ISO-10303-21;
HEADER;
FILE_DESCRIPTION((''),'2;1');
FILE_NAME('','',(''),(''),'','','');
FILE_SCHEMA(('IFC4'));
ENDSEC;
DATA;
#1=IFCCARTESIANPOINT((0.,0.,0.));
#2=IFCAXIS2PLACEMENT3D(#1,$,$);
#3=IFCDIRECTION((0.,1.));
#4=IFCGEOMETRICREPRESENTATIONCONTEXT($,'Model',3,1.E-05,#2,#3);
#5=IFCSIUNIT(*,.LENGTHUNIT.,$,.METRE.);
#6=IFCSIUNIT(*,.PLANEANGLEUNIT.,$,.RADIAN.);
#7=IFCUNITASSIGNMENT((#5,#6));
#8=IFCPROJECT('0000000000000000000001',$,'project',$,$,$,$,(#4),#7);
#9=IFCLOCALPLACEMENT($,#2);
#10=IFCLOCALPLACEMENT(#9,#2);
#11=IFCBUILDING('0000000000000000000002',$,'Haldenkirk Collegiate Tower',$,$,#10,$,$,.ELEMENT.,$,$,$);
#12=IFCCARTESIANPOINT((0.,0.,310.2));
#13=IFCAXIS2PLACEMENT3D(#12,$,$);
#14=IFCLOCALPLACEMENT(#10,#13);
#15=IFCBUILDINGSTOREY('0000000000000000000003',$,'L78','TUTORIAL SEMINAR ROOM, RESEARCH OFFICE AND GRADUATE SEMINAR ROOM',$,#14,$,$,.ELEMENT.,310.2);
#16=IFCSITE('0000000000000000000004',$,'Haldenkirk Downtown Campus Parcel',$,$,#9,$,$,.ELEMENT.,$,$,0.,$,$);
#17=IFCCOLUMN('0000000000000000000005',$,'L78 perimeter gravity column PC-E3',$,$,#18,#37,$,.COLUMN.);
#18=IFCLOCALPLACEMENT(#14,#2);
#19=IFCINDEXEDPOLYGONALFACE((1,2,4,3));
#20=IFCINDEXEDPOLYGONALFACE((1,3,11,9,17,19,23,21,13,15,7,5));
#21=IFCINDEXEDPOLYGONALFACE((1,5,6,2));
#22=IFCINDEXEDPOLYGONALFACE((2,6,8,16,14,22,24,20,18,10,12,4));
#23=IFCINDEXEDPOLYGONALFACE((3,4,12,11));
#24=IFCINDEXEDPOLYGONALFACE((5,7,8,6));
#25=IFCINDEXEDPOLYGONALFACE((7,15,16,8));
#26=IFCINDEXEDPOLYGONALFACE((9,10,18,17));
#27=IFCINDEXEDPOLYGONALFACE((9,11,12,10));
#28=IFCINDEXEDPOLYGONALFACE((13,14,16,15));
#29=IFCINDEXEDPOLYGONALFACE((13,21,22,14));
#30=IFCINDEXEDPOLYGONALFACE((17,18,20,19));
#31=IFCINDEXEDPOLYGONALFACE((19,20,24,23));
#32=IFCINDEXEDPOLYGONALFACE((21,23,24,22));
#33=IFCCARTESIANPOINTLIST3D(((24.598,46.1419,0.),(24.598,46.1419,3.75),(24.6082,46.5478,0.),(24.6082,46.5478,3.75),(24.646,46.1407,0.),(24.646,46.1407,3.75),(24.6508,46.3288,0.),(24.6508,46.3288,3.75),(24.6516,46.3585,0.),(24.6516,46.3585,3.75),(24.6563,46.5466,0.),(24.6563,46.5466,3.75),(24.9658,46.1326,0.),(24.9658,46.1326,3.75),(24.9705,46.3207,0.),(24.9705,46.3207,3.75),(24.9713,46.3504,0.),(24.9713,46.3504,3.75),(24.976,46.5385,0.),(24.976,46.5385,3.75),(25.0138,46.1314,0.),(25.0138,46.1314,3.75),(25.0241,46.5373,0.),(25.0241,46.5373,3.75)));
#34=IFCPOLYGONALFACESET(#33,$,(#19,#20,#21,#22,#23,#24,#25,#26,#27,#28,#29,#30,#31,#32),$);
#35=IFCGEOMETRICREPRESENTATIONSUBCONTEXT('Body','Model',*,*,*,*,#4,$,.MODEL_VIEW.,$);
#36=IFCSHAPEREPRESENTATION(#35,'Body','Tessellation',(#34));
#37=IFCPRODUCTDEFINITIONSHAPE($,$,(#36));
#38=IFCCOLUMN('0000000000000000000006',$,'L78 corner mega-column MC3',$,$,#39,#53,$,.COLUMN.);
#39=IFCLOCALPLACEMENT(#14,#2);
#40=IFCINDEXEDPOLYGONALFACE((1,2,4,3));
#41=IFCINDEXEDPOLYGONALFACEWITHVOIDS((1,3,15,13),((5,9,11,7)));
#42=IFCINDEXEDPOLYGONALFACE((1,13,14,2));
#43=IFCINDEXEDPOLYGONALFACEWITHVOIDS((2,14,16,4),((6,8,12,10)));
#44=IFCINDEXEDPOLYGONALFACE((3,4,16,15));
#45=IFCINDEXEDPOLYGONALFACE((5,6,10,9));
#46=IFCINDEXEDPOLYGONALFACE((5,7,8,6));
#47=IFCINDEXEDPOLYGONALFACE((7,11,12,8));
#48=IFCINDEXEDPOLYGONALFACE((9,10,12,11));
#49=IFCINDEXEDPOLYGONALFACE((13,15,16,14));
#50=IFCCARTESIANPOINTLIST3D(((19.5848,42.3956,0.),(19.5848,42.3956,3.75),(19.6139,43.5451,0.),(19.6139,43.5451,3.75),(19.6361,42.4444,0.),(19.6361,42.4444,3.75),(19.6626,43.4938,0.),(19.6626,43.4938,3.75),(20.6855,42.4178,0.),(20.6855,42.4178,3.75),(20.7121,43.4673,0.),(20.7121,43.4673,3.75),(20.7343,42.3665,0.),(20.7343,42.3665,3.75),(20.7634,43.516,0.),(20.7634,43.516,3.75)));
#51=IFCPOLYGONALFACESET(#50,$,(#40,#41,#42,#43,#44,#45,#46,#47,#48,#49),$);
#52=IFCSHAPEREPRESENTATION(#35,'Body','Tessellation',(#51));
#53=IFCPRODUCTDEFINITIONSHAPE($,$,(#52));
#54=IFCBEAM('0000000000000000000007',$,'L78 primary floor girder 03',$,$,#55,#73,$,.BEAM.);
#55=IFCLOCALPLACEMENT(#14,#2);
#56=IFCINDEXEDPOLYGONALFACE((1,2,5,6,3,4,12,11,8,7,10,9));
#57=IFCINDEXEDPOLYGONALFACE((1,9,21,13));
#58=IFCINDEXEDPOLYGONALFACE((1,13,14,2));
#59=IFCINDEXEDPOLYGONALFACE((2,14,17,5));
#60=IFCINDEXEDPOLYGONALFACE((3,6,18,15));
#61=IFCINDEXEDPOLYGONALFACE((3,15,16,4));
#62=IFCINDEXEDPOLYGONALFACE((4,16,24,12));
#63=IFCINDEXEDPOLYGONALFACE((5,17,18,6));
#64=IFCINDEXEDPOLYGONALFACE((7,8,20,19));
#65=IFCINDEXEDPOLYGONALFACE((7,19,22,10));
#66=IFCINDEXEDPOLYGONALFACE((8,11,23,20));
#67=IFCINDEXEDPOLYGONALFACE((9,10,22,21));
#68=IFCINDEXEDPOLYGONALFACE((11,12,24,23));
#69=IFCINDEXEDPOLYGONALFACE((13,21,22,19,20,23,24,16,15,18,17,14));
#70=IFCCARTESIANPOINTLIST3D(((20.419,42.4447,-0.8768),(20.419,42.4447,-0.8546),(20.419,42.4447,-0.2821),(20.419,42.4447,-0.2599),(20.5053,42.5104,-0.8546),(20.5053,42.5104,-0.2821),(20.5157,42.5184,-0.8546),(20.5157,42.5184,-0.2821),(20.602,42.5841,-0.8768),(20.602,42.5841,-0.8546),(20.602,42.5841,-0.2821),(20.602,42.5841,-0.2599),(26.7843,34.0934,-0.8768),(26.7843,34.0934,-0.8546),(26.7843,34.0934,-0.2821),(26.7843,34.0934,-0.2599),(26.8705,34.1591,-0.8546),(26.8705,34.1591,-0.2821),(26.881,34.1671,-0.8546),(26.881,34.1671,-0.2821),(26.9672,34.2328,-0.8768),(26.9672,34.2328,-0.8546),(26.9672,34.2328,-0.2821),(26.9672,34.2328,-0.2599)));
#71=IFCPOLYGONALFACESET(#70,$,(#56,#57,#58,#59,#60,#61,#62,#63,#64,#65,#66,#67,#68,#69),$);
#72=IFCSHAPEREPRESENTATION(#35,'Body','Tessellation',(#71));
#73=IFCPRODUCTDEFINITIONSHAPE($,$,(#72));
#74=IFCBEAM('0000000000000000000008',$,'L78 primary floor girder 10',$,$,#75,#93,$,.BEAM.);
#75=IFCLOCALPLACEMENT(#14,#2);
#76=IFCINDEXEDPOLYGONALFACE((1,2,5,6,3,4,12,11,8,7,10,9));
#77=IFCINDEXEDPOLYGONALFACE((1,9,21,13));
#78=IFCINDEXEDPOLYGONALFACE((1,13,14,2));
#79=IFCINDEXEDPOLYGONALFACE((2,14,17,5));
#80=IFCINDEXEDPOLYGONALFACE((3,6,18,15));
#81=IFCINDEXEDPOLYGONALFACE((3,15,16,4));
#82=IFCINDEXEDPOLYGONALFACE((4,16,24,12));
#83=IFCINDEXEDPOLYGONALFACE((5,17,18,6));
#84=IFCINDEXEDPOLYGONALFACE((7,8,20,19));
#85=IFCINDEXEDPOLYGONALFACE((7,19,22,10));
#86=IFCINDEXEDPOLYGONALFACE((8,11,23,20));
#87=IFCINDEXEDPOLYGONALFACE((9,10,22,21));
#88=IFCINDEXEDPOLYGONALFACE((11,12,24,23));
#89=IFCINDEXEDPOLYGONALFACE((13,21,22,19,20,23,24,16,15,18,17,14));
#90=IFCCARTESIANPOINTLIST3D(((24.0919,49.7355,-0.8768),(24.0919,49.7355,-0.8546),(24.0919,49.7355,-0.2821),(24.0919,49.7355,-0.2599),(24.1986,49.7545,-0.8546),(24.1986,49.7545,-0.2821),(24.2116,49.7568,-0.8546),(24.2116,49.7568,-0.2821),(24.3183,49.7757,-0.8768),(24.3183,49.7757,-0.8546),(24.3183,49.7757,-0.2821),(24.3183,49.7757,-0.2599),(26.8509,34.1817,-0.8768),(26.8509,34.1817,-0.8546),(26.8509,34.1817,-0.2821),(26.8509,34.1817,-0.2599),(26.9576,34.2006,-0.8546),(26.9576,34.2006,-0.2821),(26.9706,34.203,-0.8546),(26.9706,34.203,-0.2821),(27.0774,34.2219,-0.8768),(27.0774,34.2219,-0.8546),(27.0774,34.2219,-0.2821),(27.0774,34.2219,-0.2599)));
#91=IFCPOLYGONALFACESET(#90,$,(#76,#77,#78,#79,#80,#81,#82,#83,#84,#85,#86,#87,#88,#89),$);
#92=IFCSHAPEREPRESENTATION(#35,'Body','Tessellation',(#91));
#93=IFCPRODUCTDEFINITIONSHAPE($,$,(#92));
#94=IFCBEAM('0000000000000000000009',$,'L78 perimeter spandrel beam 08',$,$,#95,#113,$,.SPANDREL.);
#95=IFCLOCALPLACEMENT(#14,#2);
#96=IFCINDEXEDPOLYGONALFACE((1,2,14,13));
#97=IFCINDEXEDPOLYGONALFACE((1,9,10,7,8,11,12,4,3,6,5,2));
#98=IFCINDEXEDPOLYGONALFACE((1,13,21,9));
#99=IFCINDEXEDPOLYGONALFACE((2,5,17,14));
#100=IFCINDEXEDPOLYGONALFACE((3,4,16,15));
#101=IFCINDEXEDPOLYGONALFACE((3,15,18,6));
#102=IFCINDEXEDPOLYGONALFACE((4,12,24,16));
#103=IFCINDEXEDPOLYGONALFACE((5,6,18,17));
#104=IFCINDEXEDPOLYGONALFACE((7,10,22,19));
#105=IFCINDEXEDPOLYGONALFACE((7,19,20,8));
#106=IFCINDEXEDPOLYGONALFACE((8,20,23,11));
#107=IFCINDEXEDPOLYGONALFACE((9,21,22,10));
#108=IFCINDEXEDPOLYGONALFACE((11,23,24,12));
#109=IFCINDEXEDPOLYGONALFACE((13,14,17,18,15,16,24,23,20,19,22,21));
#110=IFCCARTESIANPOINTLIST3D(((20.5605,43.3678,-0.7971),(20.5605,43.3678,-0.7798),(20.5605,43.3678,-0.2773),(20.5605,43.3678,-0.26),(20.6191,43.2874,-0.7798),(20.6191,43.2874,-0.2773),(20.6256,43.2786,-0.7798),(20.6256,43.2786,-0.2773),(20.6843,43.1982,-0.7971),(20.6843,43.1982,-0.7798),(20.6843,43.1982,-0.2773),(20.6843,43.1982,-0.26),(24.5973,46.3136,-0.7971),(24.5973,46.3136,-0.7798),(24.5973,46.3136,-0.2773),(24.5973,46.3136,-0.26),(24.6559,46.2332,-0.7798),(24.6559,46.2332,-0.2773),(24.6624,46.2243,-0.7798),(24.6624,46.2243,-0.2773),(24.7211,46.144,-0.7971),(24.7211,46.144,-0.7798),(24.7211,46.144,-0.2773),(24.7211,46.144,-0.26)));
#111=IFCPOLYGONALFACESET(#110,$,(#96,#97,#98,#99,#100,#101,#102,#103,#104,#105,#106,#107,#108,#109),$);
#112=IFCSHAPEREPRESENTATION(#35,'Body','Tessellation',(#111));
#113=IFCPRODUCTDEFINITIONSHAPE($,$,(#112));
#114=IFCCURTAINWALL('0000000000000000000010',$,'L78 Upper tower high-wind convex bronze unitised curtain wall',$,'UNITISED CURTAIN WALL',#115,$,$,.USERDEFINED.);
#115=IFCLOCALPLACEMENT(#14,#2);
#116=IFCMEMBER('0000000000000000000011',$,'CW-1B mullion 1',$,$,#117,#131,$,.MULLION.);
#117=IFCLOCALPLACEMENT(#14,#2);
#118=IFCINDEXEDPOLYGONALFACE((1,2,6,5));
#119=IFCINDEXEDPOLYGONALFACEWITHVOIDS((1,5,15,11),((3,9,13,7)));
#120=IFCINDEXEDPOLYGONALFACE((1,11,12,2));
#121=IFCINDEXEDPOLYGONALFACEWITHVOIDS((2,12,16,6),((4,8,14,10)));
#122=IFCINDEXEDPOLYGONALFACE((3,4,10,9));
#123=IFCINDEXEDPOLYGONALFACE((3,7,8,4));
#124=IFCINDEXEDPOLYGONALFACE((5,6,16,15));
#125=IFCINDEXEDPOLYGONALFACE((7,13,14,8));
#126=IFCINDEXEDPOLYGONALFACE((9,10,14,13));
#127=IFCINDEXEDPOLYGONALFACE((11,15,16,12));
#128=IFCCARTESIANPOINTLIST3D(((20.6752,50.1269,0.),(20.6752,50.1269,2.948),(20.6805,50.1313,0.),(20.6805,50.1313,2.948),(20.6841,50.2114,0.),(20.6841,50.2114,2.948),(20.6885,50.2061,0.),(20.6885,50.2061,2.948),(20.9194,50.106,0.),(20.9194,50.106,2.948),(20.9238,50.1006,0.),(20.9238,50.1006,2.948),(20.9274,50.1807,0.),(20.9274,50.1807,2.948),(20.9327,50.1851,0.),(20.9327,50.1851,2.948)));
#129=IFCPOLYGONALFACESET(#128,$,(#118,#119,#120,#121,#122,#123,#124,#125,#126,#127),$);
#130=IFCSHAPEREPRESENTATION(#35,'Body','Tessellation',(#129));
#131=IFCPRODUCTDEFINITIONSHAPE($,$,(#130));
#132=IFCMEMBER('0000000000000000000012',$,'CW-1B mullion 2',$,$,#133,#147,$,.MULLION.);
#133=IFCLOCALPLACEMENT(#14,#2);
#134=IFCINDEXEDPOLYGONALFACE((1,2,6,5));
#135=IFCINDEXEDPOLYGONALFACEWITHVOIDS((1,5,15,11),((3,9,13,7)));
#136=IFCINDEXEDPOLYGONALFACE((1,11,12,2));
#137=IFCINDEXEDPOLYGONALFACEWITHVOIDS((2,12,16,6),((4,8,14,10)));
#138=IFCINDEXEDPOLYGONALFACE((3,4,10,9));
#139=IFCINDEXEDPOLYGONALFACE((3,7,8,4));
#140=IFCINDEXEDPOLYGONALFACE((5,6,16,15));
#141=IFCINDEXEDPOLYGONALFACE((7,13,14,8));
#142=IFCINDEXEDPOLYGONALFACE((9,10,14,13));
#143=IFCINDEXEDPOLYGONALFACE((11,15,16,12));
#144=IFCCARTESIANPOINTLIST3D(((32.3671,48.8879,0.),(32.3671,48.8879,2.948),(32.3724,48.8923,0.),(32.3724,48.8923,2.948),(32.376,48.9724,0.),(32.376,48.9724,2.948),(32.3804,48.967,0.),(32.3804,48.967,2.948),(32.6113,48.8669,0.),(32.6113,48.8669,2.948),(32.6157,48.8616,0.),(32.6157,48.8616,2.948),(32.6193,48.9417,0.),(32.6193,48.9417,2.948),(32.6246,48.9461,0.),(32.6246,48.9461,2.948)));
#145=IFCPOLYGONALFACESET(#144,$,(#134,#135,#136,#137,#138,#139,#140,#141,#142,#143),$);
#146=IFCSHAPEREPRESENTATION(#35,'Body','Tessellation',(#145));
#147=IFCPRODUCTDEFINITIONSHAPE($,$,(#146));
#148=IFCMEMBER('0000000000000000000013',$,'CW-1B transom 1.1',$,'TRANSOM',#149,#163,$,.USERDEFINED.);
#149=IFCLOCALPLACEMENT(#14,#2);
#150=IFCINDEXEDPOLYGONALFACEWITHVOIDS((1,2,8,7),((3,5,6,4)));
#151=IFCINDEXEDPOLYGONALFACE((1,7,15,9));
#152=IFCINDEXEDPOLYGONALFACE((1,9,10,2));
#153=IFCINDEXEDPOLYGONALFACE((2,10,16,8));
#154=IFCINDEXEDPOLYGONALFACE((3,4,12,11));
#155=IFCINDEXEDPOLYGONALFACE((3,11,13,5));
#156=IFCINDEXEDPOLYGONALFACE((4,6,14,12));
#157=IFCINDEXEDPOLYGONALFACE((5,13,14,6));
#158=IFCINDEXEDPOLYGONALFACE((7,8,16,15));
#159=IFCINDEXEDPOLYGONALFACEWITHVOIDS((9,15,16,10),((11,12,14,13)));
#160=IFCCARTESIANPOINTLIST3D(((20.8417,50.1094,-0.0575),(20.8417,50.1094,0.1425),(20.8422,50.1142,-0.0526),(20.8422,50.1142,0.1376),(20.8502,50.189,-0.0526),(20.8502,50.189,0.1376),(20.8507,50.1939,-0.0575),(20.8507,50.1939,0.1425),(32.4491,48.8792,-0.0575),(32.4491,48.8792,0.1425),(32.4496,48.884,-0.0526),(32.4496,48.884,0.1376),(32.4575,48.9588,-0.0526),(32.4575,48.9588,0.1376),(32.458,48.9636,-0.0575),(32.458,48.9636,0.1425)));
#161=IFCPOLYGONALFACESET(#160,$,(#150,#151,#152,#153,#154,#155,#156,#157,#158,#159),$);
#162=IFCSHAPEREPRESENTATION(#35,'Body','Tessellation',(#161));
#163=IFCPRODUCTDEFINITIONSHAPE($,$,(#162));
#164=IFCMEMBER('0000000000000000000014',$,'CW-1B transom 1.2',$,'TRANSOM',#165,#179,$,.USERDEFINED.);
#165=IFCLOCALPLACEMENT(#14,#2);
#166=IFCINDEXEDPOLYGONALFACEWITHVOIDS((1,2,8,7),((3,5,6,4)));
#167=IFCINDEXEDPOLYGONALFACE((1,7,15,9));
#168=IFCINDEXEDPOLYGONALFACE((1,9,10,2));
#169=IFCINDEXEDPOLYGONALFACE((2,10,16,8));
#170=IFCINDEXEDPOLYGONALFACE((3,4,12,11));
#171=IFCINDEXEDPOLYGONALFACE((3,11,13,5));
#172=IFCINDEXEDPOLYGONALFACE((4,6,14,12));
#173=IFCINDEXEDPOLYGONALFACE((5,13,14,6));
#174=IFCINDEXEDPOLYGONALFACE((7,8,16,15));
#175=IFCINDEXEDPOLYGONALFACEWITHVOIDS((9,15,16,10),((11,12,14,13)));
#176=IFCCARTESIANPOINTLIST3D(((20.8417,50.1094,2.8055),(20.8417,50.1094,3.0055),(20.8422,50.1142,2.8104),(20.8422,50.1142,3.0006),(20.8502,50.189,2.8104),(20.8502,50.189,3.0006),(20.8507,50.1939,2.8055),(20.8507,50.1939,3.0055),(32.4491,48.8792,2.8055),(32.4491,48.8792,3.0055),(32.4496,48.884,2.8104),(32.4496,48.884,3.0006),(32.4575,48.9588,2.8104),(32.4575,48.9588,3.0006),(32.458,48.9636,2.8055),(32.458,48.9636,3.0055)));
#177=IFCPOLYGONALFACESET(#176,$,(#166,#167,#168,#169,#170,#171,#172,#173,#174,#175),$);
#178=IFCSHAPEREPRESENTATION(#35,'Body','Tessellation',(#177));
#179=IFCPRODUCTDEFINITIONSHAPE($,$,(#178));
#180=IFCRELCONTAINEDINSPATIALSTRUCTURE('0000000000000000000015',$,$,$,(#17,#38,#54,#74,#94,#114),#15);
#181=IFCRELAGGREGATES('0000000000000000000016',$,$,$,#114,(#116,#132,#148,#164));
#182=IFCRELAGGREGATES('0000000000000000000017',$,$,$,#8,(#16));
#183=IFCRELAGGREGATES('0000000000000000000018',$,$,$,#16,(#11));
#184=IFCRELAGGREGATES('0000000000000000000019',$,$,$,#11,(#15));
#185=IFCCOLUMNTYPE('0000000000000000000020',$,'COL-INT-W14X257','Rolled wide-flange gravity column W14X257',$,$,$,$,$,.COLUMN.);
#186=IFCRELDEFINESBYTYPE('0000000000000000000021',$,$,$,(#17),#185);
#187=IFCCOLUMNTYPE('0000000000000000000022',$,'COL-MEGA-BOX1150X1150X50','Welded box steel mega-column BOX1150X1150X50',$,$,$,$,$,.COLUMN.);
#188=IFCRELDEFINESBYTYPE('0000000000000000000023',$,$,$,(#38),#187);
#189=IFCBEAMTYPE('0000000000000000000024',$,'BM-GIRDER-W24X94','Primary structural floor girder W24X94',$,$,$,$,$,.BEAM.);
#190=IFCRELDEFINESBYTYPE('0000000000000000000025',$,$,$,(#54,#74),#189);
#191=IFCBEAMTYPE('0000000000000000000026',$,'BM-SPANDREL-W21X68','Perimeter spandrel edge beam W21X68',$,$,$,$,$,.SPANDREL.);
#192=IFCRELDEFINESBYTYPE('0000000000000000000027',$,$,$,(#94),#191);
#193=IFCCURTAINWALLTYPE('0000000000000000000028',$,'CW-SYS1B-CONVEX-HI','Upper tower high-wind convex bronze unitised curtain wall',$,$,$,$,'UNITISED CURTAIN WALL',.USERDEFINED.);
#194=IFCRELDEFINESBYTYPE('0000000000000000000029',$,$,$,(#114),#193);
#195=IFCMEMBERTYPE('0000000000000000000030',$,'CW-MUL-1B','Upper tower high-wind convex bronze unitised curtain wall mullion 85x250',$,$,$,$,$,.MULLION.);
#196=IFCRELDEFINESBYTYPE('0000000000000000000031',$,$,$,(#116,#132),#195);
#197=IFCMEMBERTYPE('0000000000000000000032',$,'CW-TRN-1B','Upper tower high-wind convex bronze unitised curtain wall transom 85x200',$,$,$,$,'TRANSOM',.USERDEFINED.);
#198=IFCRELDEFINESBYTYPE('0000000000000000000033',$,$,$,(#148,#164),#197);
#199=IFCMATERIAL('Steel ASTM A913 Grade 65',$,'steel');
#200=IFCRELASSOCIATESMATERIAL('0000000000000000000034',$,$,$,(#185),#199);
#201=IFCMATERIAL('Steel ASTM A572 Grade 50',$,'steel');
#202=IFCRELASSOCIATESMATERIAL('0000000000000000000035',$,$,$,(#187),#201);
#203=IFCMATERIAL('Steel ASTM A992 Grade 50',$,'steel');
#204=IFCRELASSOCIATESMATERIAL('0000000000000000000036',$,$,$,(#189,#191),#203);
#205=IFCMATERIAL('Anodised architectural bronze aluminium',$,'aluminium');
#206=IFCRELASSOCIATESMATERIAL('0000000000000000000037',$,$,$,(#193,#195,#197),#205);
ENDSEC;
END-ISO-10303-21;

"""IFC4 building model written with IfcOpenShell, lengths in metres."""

from ifc_helpers import new_model, si_unit, direction, frame, origin, origin_2d, place, context, subcontext, project, spatial, hollow_rectangle, i_section, extrude, material, material_profile, profile_set, type_object, element, aggregate, save


model = new_model("IFC4")

# Units and contexts
model_context = context("Model", 3, precision=1e-05, world=origin(), true_north=direction((0.0, 1.0)))
body_context = subcontext(model_context, "Body", "Model", "MODEL_VIEW")
ifc_project = project(units=[si_unit("LENGTHUNIT", "METRE"), si_unit("PLANEANGLEUNIT", "RADIAN")], contexts=[model_context])

# Site, building, storey
site_placement = place(None, origin())
site = spatial("IfcSite", under=ifc_project, at=site_placement, Name="Haldenkirk Downtown Campus Parcel", CompositionType="ELEMENT", RefElevation=0.0)
building_placement = place(site_placement, origin())
building = spatial("IfcBuilding", under=site, at=building_placement, Name="Haldenkirk Collegiate Tower", CompositionType="ELEMENT")
storey_placement = place(building_placement, frame((0.0, 0.0, 310.2)))
storey = spatial("IfcBuildingStorey", under=building, at=storey_placement, Name="L78", Description="TUTORIAL SEMINAR ROOM, RESEARCH OFFICE AND GRADUATE SEMINAR ROOM", CompositionType="ELEMENT", Elevation=310.2)

# Columns
ifc_material_1 = material(Name="Steel ASTM A913 Grade 65", Category="steel")
ifc_material_profile_1 = material_profile(ifc_material_1, i_section(OverallWidth=0.406, OverallDepth=0.416, WebThickness=0.0298, FlangeThickness=0.0481, at=origin_2d()), Name="W14X257")
ifc_profile_set_1 = profile_set([ifc_material_profile_1], Name="Steel ASTM A913 Grade 65")
column_type_1 = type_object("IfcColumnType", Name="COL-INT-W14X257", Description="Rolled wide-flange gravity column W14X257", PredefinedType="COLUMN", material=ifc_profile_set_1)
column_1_placement = place(storey_placement, frame((24.811, 46.3396, 0.0), z_axis=(0.0, 0.0, 1.0), x_axis=(0.025305, 0.99968, 0.0)))
element("IfcColumn", 1, at=column_1_placement, inside=storey, type_object=column_type_1, Name="L78 perimeter gravity column PC-E3", PredefinedType="COLUMN", context=body_context, shape_type="SweptSolid", body=[
    extrude(i_section(OverallWidth=0.406, OverallDepth=0.416, WebThickness=0.0298, FlangeThickness=0.0481, at=origin_2d()), origin(), (0.0, 0.0, 1.0), 3.75),
])
ifc_material_2 = material(Name="Steel ASTM A572 Grade 50", Category="steel")
ifc_material_profile_2 = material_profile(ifc_material_2, hollow_rectangle(XDim=1.1499, YDim=1.1499, WallThickness=0.05, at=origin_2d()), Name="BOX1150X1150X50")
ifc_profile_set_2 = profile_set([ifc_material_profile_2], Name="Steel ASTM A572 Grade 50")
column_type_2 = type_object("IfcColumnType", Name="COL-MEGA-BOX1150X1150X50", Description="Welded box steel mega-column BOX1150X1150X50", PredefinedType="COLUMN", material=ifc_profile_set_2)
column_2_placement = place(storey_placement, frame((20.1741, 42.9558, 0.0), z_axis=(0.0, 0.0, 1.0), x_axis=(0.025305, 0.99968, 0.0)))
element("IfcColumn", 2, at=column_2_placement, inside=storey, type_object=column_type_2, Name="L78 corner mega-column MC3", PredefinedType="COLUMN", context=body_context, shape_type="SweptSolid", body=[
    extrude(hollow_rectangle(XDim=1.1499, YDim=1.1499, WallThickness=0.05, at=origin_2d()), origin(), (0.0, 0.0, 1.0), 3.75),
])

# Beams
ifc_material_3 = material(Name="Steel ASTM A992 Grade 50", Category="steel")
ifc_material_profile_3 = material_profile(ifc_material_3, i_section(OverallWidth=0.23, OverallDepth=0.6169, WebThickness=0.0132, FlangeThickness=0.0222, at=origin_2d()), Name="W24X94")
ifc_profile_set_3 = profile_set([ifc_material_profile_3], Name="Steel ASTM A992 Grade 50")
beam_type_1 = type_object("IfcBeamType", Name="BM-GIRDER-W24X94", Description="Primary structural floor girder W24X94", PredefinedType="BEAM", material=ifc_profile_set_3)
beam_1_placement = place(storey_placement, frame((20.5105, 42.5144, -0.5684), z_axis=(0.606183, -0.795325, 0.0), x_axis=(0.795325, 0.606183, 0.0)))
element("IfcBeam", 3, at=beam_1_placement, inside=storey, type_object=beam_type_1, Name="L78 primary floor girder 03", PredefinedType="BEAM", context=body_context, shape_type="SweptSolid", body=[
    extrude(i_section(OverallWidth=0.23, OverallDepth=0.6169, WebThickness=0.0132, FlangeThickness=0.0222, at=origin_2d()), origin(), (0.0, 0.0, 1.0), 10.5005),
])
beam_2_placement = place(storey_placement, frame((24.2051, 49.7556, -0.5684), z_axis=(0.174661, -0.984629, 0.0), x_axis=(0.984629, 0.174661, 0.0)))
element("IfcBeam", 4, at=beam_2_placement, inside=storey, type_object=beam_type_1, Name="L78 primary floor girder 10", PredefinedType="BEAM", context=body_context, shape_type="SweptSolid", body=[
    extrude(i_section(OverallWidth=0.23, OverallDepth=0.6169, WebThickness=0.0132, FlangeThickness=0.0222, at=origin_2d()), origin(), (0.0, 0.0, 1.0), 15.7966),
])
ifc_material_profile_4 = material_profile(ifc_material_3, i_section(OverallWidth=0.21, OverallDepth=0.5371, WebThickness=0.011, FlangeThickness=0.0173, at=origin_2d()), Name="W21X68")
ifc_profile_set_4 = profile_set([ifc_material_profile_4], Name="Steel ASTM A992 Grade 50")
beam_type_2 = type_object("IfcBeamType", Name="BM-SPANDREL-W21X68", Description="Perimeter spandrel edge beam W21X68", PredefinedType="SPANDREL", material=ifc_profile_set_4)
beam_3_placement = place(storey_placement, frame((24.6592, 46.2288, -0.5286), z_axis=(-0.807793, -0.589466, 0.0), x_axis=(0.589466, -0.807793, 0.0)))
element("IfcBeam", 5, at=beam_3_placement, inside=storey, type_object=beam_type_2, Name="L78 perimeter spandrel beam 08", PredefinedType="SPANDREL", context=body_context, shape_type="SweptSolid", body=[
    extrude(i_section(OverallWidth=0.21, OverallDepth=0.5371, WebThickness=0.011, FlangeThickness=0.0173, at=origin_2d()), origin(), (0.0, 0.0, 1.0), 4.9973),
])

# Curtain wall, members
ifc_material_4 = material(Name="Anodised architectural bronze aluminium", Category="aluminium")
curtain_wall_type = type_object("IfcCurtainWallType", Name="CW-SYS1B-CONVEX-HI", Description="Upper tower high-wind convex bronze unitised curtain wall", ElementType="UNITISED CURTAIN WALL", PredefinedType="USERDEFINED", material=ifc_material_4)
curtain_wall_placement = place(storey_placement, origin())
curtain_wall = element("IfcCurtainWall", 6, at=curtain_wall_placement, inside=storey, type_object=curtain_wall_type, Name="L78 Upper tower high-wind convex bronze unitised curtain wall", ObjectType="UNITISED CURTAIN WALL", PredefinedType="USERDEFINED")
ifc_material_profile_5 = material_profile(ifc_material_4, hollow_rectangle(XDim=0.085, YDim=0.25, WallThickness=0.0049, at=origin_2d()), Name="CW-MUL-1B")
ifc_profile_set_5 = profile_set([ifc_material_profile_5], Name="Anodised architectural bronze aluminium")
member_type_1 = type_object("IfcMemberType", Name="CW-MUL-1B", Description="Upper tower high-wind convex bronze unitised curtain wall mullion 85x250", PredefinedType="MULLION", material=ifc_profile_set_5)
member_1_placement = place(storey_placement, frame((20.804, 50.156, 0.0), z_axis=(0.0, 0.0, 1.0), x_axis=(0.105393, 0.994431, 0.0)))
member_1 = element("IfcMember", 7, at=member_1_placement, type_object=member_type_1, Name="CW-1B mullion 1", PredefinedType="MULLION", context=body_context, shape_type="SweptSolid", body=[
    extrude(hollow_rectangle(XDim=0.085, YDim=0.25, WallThickness=0.0049, at=origin_2d()), origin(), (0.0, 0.0, 1.0), 2.948),
])
member_2_placement = place(storey_placement, frame((32.4958, 48.917, 0.0), z_axis=(0.0, 0.0, 1.0), x_axis=(0.105393, 0.994431, 0.0)))
member_2 = element("IfcMember", 8, at=member_2_placement, type_object=member_type_1, Name="CW-1B mullion 2", PredefinedType="MULLION", context=body_context, shape_type="SweptSolid", body=[
    extrude(hollow_rectangle(XDim=0.085, YDim=0.25, WallThickness=0.0049, at=origin_2d()), origin(), (0.0, 0.0, 1.0), 2.948),
])
ifc_material_profile_6 = material_profile(ifc_material_4, hollow_rectangle(XDim=0.085, YDim=0.2, WallThickness=0.0049, at=origin_2d()), Name="CW-TRN-1B")
ifc_profile_set_6 = profile_set([ifc_material_profile_6], Name="Anodised architectural bronze aluminium")
member_type_2 = type_object("IfcMemberType", Name="CW-TRN-1B", Description="Upper tower high-wind convex bronze unitised curtain wall transom 85x200", ElementType="TRANSOM", PredefinedType="USERDEFINED", material=ifc_profile_set_6)
member_3_placement = place(storey_placement, frame((20.8462, 50.1516, 0.0425), z_axis=(0.99443, -0.105396, 0.0), x_axis=(0.105396, 0.99443, 0.0)))
member_3 = element("IfcMember", 9, at=member_3_placement, type_object=member_type_2, Name="CW-1B transom 1.1", ObjectType="TRANSOM", PredefinedType="USERDEFINED", context=body_context, shape_type="SweptSolid", body=[
    extrude(hollow_rectangle(XDim=0.085, YDim=0.2, WallThickness=0.0049, at=origin_2d()), origin(), (0.0, 0.0, 1.0), 11.6724),
])
member_4_placement = place(storey_placement, frame((20.8462, 50.1516, 2.9055), z_axis=(0.99443, -0.105396, 0.0), x_axis=(0.105396, 0.99443, 0.0)))
member_4 = element("IfcMember", 10, at=member_4_placement, type_object=member_type_2, Name="CW-1B transom 1.2", ObjectType="TRANSOM", PredefinedType="USERDEFINED", context=body_context, shape_type="SweptSolid", body=[
    extrude(hollow_rectangle(XDim=0.085, YDim=0.2, WallThickness=0.0049, at=origin_2d()), origin(), (0.0, 0.0, 1.0), 11.6724),
])
aggregate(curtain_wall, [member_1, member_2, member_3, member_4])

save(model, "model.ifc")
